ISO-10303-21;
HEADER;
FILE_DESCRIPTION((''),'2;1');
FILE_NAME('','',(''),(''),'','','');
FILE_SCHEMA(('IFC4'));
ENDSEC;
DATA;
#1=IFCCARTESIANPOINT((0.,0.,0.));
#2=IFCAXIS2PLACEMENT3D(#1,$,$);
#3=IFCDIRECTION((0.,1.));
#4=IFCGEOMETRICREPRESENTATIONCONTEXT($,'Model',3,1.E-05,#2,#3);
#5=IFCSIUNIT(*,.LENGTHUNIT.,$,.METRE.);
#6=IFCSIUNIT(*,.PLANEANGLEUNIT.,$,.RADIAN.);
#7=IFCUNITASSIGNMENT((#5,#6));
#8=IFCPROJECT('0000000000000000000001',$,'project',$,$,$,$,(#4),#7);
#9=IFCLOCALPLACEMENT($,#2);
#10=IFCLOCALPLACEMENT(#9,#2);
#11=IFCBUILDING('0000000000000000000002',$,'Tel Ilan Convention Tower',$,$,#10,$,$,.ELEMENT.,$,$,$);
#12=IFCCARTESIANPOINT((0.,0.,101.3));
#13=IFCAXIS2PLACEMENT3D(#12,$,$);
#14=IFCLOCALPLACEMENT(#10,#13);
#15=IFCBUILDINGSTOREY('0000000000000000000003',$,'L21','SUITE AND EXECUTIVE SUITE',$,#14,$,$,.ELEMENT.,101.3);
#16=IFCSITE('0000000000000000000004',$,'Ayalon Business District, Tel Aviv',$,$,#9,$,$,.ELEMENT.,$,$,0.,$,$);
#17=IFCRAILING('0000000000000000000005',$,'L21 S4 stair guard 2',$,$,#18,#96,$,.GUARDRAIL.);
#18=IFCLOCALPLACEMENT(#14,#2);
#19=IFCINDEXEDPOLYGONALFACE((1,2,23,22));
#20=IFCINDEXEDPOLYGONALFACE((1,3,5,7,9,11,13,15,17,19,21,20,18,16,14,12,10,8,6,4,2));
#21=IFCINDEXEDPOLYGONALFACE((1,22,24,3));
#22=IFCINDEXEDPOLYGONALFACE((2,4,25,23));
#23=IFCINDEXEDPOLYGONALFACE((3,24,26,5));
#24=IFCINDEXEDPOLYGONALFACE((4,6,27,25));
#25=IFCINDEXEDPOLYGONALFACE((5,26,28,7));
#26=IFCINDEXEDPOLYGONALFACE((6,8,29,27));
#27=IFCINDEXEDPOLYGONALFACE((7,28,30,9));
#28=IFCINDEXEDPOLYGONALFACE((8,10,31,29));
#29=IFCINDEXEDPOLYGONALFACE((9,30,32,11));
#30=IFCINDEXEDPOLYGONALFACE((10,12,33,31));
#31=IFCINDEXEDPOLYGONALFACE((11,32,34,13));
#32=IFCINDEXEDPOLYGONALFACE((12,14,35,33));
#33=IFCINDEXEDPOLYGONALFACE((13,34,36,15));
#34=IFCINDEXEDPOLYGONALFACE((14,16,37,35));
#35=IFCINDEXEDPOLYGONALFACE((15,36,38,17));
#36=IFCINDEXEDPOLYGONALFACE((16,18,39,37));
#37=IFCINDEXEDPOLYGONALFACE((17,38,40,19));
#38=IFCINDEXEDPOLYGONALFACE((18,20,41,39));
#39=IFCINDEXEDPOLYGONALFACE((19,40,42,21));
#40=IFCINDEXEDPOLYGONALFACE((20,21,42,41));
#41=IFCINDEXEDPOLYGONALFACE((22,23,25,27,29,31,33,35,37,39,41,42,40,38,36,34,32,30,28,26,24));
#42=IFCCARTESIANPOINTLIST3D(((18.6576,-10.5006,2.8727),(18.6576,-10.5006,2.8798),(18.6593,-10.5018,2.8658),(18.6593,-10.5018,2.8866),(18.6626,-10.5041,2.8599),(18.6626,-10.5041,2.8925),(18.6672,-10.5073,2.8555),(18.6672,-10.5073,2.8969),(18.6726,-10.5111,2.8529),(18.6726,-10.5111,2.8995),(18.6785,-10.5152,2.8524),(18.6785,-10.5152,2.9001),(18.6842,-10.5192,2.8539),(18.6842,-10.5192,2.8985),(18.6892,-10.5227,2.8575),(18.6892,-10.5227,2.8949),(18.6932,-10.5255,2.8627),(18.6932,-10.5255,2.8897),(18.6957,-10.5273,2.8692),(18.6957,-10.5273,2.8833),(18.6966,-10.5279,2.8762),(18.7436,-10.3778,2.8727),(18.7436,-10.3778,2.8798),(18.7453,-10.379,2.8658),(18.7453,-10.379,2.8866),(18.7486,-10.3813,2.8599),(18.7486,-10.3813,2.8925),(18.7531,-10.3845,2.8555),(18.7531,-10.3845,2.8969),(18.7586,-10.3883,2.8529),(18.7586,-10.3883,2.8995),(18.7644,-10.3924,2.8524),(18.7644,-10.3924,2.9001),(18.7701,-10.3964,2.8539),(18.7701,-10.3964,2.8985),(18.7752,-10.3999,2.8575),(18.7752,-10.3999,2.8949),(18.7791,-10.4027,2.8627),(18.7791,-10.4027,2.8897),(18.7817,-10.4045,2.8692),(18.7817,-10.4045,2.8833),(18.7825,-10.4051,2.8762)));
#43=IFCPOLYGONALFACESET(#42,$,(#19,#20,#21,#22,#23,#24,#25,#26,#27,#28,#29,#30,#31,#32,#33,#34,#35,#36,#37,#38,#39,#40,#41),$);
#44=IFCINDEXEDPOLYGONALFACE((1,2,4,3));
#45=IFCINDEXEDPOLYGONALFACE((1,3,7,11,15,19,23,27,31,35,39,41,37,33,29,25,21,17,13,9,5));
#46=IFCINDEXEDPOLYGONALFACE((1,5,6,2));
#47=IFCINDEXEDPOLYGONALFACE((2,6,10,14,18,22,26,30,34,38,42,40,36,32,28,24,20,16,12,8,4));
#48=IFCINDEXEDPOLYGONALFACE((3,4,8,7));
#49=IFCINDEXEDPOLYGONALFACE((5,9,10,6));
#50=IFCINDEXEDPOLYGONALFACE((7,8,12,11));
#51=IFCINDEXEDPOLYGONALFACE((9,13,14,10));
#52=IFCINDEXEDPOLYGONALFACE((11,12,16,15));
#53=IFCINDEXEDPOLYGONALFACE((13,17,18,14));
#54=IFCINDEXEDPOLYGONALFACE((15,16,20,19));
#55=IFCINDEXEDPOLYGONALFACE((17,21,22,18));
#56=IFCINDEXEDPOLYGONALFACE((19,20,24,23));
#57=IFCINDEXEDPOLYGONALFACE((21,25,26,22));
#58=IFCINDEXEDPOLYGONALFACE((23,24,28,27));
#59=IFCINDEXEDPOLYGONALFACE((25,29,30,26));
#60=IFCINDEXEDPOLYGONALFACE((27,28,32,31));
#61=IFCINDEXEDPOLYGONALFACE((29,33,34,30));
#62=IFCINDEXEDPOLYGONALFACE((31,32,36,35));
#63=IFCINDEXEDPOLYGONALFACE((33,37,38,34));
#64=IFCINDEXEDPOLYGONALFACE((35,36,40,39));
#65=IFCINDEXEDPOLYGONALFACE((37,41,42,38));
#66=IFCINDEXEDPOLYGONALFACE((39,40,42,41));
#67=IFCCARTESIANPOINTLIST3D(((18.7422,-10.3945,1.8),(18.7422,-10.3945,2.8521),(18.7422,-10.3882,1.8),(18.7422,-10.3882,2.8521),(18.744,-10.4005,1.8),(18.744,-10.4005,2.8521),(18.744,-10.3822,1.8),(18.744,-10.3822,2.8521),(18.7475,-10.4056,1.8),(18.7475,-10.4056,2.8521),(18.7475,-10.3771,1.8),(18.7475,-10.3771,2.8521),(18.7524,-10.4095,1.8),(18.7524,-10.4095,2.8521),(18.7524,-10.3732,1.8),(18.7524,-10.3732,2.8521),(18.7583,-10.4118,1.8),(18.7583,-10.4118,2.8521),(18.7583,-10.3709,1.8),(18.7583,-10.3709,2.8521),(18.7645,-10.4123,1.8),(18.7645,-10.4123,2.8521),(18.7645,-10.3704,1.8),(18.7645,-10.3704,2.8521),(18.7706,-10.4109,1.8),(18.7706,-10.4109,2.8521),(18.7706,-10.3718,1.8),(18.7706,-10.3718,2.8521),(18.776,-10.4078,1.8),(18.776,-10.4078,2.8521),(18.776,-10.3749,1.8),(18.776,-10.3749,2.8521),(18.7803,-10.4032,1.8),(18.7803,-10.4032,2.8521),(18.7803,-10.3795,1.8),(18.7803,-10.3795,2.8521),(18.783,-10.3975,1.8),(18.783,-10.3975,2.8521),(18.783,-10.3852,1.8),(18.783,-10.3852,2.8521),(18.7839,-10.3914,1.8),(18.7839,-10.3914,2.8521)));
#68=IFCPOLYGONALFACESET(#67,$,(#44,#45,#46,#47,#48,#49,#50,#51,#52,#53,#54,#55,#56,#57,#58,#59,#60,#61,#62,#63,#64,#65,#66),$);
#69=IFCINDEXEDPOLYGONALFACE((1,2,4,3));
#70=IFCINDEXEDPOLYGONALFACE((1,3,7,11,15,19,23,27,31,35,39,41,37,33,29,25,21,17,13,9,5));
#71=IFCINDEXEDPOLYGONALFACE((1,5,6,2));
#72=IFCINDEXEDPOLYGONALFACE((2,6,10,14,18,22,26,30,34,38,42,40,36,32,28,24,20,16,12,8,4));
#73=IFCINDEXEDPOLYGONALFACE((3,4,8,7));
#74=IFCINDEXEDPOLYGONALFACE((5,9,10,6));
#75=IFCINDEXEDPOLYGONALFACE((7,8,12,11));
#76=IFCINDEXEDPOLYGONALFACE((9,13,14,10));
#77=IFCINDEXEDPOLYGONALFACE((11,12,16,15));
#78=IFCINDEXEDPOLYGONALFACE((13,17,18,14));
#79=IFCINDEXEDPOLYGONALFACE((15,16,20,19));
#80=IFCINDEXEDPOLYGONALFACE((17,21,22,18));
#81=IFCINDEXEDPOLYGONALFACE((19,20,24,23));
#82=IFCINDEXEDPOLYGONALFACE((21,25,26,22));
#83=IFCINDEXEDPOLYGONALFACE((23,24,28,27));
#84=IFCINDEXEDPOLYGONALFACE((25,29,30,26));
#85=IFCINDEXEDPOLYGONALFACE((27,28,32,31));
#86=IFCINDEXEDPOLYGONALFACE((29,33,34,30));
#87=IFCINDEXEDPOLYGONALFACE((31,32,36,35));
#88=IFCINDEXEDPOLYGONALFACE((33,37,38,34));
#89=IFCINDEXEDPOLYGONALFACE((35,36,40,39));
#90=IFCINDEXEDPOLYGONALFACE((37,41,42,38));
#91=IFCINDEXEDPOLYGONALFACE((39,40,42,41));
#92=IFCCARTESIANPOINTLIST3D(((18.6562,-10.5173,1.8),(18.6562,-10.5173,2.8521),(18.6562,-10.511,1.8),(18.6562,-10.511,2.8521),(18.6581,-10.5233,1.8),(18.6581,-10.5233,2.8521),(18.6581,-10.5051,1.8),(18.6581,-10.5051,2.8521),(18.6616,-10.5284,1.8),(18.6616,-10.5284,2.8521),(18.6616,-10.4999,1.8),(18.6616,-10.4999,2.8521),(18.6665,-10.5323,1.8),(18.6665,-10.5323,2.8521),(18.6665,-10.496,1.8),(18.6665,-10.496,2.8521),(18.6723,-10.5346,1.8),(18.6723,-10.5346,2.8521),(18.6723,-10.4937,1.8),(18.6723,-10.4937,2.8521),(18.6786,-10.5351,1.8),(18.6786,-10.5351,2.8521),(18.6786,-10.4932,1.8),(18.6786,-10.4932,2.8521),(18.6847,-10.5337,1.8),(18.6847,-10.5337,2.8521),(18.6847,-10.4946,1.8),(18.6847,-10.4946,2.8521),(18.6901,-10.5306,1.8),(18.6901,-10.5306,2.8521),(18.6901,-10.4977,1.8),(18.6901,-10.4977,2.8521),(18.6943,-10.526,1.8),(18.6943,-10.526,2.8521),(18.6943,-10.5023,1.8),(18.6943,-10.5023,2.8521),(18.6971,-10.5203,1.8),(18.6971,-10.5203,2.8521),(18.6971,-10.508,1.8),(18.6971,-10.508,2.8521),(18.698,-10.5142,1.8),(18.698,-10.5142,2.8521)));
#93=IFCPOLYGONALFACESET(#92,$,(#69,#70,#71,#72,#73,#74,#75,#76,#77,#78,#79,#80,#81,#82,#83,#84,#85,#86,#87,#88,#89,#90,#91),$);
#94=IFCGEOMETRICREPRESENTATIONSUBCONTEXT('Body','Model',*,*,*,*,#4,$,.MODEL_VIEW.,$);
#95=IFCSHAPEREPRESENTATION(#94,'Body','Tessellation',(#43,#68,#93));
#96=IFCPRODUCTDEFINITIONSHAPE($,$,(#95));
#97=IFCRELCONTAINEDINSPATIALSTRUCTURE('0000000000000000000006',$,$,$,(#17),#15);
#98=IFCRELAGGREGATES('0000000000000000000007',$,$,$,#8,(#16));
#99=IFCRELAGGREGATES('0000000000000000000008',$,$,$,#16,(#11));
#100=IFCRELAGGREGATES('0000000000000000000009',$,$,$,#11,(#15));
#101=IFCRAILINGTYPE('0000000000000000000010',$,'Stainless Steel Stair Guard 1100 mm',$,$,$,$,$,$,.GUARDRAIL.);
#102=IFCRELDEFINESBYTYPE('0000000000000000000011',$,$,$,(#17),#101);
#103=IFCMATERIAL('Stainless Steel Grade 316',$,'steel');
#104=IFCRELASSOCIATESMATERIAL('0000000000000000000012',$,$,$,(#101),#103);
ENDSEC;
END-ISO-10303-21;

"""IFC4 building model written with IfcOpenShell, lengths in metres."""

from ifc_helpers import new_model, si_unit, direction, frame, origin, origin_2d, place, context, subcontext, project, spatial, circle, extrude, material, type_object, element, save


model = new_model("IFC4")

# Units and contexts
model_context = context("Model", 3, precision=1e-05, world=origin(), true_north=direction((0.0, 1.0)))
body_context = subcontext(model_context, "Body", "Model", "MODEL_VIEW")
ifc_project = project(units=[si_unit("LENGTHUNIT", "METRE"), si_unit("PLANEANGLEUNIT", "RADIAN")], contexts=[model_context])

# Site, building, storey
site_placement = place(None, origin())
site = spatial("IfcSite", under=ifc_project, at=site_placement, Name="Ayalon Business District, Tel Aviv", CompositionType="ELEMENT", RefElevation=0.0)
building_placement = place(site_placement, origin())
building = spatial("IfcBuilding", under=site, at=building_placement, Name="Tel Ilan Convention Tower", CompositionType="ELEMENT")
storey_placement = place(building_placement, frame((0.0, 0.0, 101.3)))
storey = spatial("IfcBuildingStorey", under=building, at=storey_placement, Name="L21", Description="SUITE AND EXECUTIVE SUITE", CompositionType="ELEMENT", Elevation=101.3)

# Railing
ifc_material_1 = material(Name="Stainless Steel Grade 316", Category="steel")
railing_type_1 = type_object("IfcRailingType", Name="Stainless Steel Stair Guard 1100 mm", PredefinedType="GUARDRAIL", material=ifc_material_1)
railing_1_placement = place(storey_placement, frame((18.7629, -10.3914, 1.8)))
element("IfcRailing", 1, at=railing_1_placement, inside=storey, type_object=railing_type_1, Name="L21 S4 stair guard 2", PredefinedType="GUARDRAIL", context=body_context, shape_type="SweptSolid", body=[
    extrude(circle(Radius=0.0239, at=origin_2d()), frame((0.0, 0.0, 1.0762), z_axis=(-0.573353, -0.819308, 0.0), x_axis=(0.819308, -0.573353, 0.0)), (0.0, 0.0, 1.0), 0.1499),
    extrude(circle(Radius=0.021, at=origin_2d()), origin(), (0.0, 0.0, 1.0), 1.052),
    extrude(circle(Radius=0.021, at=origin_2d()), frame((-0.0859, -0.1228, 0.0)), (0.0, 0.0, 1.0), 1.052),
])

save(model, "model.ifc")
